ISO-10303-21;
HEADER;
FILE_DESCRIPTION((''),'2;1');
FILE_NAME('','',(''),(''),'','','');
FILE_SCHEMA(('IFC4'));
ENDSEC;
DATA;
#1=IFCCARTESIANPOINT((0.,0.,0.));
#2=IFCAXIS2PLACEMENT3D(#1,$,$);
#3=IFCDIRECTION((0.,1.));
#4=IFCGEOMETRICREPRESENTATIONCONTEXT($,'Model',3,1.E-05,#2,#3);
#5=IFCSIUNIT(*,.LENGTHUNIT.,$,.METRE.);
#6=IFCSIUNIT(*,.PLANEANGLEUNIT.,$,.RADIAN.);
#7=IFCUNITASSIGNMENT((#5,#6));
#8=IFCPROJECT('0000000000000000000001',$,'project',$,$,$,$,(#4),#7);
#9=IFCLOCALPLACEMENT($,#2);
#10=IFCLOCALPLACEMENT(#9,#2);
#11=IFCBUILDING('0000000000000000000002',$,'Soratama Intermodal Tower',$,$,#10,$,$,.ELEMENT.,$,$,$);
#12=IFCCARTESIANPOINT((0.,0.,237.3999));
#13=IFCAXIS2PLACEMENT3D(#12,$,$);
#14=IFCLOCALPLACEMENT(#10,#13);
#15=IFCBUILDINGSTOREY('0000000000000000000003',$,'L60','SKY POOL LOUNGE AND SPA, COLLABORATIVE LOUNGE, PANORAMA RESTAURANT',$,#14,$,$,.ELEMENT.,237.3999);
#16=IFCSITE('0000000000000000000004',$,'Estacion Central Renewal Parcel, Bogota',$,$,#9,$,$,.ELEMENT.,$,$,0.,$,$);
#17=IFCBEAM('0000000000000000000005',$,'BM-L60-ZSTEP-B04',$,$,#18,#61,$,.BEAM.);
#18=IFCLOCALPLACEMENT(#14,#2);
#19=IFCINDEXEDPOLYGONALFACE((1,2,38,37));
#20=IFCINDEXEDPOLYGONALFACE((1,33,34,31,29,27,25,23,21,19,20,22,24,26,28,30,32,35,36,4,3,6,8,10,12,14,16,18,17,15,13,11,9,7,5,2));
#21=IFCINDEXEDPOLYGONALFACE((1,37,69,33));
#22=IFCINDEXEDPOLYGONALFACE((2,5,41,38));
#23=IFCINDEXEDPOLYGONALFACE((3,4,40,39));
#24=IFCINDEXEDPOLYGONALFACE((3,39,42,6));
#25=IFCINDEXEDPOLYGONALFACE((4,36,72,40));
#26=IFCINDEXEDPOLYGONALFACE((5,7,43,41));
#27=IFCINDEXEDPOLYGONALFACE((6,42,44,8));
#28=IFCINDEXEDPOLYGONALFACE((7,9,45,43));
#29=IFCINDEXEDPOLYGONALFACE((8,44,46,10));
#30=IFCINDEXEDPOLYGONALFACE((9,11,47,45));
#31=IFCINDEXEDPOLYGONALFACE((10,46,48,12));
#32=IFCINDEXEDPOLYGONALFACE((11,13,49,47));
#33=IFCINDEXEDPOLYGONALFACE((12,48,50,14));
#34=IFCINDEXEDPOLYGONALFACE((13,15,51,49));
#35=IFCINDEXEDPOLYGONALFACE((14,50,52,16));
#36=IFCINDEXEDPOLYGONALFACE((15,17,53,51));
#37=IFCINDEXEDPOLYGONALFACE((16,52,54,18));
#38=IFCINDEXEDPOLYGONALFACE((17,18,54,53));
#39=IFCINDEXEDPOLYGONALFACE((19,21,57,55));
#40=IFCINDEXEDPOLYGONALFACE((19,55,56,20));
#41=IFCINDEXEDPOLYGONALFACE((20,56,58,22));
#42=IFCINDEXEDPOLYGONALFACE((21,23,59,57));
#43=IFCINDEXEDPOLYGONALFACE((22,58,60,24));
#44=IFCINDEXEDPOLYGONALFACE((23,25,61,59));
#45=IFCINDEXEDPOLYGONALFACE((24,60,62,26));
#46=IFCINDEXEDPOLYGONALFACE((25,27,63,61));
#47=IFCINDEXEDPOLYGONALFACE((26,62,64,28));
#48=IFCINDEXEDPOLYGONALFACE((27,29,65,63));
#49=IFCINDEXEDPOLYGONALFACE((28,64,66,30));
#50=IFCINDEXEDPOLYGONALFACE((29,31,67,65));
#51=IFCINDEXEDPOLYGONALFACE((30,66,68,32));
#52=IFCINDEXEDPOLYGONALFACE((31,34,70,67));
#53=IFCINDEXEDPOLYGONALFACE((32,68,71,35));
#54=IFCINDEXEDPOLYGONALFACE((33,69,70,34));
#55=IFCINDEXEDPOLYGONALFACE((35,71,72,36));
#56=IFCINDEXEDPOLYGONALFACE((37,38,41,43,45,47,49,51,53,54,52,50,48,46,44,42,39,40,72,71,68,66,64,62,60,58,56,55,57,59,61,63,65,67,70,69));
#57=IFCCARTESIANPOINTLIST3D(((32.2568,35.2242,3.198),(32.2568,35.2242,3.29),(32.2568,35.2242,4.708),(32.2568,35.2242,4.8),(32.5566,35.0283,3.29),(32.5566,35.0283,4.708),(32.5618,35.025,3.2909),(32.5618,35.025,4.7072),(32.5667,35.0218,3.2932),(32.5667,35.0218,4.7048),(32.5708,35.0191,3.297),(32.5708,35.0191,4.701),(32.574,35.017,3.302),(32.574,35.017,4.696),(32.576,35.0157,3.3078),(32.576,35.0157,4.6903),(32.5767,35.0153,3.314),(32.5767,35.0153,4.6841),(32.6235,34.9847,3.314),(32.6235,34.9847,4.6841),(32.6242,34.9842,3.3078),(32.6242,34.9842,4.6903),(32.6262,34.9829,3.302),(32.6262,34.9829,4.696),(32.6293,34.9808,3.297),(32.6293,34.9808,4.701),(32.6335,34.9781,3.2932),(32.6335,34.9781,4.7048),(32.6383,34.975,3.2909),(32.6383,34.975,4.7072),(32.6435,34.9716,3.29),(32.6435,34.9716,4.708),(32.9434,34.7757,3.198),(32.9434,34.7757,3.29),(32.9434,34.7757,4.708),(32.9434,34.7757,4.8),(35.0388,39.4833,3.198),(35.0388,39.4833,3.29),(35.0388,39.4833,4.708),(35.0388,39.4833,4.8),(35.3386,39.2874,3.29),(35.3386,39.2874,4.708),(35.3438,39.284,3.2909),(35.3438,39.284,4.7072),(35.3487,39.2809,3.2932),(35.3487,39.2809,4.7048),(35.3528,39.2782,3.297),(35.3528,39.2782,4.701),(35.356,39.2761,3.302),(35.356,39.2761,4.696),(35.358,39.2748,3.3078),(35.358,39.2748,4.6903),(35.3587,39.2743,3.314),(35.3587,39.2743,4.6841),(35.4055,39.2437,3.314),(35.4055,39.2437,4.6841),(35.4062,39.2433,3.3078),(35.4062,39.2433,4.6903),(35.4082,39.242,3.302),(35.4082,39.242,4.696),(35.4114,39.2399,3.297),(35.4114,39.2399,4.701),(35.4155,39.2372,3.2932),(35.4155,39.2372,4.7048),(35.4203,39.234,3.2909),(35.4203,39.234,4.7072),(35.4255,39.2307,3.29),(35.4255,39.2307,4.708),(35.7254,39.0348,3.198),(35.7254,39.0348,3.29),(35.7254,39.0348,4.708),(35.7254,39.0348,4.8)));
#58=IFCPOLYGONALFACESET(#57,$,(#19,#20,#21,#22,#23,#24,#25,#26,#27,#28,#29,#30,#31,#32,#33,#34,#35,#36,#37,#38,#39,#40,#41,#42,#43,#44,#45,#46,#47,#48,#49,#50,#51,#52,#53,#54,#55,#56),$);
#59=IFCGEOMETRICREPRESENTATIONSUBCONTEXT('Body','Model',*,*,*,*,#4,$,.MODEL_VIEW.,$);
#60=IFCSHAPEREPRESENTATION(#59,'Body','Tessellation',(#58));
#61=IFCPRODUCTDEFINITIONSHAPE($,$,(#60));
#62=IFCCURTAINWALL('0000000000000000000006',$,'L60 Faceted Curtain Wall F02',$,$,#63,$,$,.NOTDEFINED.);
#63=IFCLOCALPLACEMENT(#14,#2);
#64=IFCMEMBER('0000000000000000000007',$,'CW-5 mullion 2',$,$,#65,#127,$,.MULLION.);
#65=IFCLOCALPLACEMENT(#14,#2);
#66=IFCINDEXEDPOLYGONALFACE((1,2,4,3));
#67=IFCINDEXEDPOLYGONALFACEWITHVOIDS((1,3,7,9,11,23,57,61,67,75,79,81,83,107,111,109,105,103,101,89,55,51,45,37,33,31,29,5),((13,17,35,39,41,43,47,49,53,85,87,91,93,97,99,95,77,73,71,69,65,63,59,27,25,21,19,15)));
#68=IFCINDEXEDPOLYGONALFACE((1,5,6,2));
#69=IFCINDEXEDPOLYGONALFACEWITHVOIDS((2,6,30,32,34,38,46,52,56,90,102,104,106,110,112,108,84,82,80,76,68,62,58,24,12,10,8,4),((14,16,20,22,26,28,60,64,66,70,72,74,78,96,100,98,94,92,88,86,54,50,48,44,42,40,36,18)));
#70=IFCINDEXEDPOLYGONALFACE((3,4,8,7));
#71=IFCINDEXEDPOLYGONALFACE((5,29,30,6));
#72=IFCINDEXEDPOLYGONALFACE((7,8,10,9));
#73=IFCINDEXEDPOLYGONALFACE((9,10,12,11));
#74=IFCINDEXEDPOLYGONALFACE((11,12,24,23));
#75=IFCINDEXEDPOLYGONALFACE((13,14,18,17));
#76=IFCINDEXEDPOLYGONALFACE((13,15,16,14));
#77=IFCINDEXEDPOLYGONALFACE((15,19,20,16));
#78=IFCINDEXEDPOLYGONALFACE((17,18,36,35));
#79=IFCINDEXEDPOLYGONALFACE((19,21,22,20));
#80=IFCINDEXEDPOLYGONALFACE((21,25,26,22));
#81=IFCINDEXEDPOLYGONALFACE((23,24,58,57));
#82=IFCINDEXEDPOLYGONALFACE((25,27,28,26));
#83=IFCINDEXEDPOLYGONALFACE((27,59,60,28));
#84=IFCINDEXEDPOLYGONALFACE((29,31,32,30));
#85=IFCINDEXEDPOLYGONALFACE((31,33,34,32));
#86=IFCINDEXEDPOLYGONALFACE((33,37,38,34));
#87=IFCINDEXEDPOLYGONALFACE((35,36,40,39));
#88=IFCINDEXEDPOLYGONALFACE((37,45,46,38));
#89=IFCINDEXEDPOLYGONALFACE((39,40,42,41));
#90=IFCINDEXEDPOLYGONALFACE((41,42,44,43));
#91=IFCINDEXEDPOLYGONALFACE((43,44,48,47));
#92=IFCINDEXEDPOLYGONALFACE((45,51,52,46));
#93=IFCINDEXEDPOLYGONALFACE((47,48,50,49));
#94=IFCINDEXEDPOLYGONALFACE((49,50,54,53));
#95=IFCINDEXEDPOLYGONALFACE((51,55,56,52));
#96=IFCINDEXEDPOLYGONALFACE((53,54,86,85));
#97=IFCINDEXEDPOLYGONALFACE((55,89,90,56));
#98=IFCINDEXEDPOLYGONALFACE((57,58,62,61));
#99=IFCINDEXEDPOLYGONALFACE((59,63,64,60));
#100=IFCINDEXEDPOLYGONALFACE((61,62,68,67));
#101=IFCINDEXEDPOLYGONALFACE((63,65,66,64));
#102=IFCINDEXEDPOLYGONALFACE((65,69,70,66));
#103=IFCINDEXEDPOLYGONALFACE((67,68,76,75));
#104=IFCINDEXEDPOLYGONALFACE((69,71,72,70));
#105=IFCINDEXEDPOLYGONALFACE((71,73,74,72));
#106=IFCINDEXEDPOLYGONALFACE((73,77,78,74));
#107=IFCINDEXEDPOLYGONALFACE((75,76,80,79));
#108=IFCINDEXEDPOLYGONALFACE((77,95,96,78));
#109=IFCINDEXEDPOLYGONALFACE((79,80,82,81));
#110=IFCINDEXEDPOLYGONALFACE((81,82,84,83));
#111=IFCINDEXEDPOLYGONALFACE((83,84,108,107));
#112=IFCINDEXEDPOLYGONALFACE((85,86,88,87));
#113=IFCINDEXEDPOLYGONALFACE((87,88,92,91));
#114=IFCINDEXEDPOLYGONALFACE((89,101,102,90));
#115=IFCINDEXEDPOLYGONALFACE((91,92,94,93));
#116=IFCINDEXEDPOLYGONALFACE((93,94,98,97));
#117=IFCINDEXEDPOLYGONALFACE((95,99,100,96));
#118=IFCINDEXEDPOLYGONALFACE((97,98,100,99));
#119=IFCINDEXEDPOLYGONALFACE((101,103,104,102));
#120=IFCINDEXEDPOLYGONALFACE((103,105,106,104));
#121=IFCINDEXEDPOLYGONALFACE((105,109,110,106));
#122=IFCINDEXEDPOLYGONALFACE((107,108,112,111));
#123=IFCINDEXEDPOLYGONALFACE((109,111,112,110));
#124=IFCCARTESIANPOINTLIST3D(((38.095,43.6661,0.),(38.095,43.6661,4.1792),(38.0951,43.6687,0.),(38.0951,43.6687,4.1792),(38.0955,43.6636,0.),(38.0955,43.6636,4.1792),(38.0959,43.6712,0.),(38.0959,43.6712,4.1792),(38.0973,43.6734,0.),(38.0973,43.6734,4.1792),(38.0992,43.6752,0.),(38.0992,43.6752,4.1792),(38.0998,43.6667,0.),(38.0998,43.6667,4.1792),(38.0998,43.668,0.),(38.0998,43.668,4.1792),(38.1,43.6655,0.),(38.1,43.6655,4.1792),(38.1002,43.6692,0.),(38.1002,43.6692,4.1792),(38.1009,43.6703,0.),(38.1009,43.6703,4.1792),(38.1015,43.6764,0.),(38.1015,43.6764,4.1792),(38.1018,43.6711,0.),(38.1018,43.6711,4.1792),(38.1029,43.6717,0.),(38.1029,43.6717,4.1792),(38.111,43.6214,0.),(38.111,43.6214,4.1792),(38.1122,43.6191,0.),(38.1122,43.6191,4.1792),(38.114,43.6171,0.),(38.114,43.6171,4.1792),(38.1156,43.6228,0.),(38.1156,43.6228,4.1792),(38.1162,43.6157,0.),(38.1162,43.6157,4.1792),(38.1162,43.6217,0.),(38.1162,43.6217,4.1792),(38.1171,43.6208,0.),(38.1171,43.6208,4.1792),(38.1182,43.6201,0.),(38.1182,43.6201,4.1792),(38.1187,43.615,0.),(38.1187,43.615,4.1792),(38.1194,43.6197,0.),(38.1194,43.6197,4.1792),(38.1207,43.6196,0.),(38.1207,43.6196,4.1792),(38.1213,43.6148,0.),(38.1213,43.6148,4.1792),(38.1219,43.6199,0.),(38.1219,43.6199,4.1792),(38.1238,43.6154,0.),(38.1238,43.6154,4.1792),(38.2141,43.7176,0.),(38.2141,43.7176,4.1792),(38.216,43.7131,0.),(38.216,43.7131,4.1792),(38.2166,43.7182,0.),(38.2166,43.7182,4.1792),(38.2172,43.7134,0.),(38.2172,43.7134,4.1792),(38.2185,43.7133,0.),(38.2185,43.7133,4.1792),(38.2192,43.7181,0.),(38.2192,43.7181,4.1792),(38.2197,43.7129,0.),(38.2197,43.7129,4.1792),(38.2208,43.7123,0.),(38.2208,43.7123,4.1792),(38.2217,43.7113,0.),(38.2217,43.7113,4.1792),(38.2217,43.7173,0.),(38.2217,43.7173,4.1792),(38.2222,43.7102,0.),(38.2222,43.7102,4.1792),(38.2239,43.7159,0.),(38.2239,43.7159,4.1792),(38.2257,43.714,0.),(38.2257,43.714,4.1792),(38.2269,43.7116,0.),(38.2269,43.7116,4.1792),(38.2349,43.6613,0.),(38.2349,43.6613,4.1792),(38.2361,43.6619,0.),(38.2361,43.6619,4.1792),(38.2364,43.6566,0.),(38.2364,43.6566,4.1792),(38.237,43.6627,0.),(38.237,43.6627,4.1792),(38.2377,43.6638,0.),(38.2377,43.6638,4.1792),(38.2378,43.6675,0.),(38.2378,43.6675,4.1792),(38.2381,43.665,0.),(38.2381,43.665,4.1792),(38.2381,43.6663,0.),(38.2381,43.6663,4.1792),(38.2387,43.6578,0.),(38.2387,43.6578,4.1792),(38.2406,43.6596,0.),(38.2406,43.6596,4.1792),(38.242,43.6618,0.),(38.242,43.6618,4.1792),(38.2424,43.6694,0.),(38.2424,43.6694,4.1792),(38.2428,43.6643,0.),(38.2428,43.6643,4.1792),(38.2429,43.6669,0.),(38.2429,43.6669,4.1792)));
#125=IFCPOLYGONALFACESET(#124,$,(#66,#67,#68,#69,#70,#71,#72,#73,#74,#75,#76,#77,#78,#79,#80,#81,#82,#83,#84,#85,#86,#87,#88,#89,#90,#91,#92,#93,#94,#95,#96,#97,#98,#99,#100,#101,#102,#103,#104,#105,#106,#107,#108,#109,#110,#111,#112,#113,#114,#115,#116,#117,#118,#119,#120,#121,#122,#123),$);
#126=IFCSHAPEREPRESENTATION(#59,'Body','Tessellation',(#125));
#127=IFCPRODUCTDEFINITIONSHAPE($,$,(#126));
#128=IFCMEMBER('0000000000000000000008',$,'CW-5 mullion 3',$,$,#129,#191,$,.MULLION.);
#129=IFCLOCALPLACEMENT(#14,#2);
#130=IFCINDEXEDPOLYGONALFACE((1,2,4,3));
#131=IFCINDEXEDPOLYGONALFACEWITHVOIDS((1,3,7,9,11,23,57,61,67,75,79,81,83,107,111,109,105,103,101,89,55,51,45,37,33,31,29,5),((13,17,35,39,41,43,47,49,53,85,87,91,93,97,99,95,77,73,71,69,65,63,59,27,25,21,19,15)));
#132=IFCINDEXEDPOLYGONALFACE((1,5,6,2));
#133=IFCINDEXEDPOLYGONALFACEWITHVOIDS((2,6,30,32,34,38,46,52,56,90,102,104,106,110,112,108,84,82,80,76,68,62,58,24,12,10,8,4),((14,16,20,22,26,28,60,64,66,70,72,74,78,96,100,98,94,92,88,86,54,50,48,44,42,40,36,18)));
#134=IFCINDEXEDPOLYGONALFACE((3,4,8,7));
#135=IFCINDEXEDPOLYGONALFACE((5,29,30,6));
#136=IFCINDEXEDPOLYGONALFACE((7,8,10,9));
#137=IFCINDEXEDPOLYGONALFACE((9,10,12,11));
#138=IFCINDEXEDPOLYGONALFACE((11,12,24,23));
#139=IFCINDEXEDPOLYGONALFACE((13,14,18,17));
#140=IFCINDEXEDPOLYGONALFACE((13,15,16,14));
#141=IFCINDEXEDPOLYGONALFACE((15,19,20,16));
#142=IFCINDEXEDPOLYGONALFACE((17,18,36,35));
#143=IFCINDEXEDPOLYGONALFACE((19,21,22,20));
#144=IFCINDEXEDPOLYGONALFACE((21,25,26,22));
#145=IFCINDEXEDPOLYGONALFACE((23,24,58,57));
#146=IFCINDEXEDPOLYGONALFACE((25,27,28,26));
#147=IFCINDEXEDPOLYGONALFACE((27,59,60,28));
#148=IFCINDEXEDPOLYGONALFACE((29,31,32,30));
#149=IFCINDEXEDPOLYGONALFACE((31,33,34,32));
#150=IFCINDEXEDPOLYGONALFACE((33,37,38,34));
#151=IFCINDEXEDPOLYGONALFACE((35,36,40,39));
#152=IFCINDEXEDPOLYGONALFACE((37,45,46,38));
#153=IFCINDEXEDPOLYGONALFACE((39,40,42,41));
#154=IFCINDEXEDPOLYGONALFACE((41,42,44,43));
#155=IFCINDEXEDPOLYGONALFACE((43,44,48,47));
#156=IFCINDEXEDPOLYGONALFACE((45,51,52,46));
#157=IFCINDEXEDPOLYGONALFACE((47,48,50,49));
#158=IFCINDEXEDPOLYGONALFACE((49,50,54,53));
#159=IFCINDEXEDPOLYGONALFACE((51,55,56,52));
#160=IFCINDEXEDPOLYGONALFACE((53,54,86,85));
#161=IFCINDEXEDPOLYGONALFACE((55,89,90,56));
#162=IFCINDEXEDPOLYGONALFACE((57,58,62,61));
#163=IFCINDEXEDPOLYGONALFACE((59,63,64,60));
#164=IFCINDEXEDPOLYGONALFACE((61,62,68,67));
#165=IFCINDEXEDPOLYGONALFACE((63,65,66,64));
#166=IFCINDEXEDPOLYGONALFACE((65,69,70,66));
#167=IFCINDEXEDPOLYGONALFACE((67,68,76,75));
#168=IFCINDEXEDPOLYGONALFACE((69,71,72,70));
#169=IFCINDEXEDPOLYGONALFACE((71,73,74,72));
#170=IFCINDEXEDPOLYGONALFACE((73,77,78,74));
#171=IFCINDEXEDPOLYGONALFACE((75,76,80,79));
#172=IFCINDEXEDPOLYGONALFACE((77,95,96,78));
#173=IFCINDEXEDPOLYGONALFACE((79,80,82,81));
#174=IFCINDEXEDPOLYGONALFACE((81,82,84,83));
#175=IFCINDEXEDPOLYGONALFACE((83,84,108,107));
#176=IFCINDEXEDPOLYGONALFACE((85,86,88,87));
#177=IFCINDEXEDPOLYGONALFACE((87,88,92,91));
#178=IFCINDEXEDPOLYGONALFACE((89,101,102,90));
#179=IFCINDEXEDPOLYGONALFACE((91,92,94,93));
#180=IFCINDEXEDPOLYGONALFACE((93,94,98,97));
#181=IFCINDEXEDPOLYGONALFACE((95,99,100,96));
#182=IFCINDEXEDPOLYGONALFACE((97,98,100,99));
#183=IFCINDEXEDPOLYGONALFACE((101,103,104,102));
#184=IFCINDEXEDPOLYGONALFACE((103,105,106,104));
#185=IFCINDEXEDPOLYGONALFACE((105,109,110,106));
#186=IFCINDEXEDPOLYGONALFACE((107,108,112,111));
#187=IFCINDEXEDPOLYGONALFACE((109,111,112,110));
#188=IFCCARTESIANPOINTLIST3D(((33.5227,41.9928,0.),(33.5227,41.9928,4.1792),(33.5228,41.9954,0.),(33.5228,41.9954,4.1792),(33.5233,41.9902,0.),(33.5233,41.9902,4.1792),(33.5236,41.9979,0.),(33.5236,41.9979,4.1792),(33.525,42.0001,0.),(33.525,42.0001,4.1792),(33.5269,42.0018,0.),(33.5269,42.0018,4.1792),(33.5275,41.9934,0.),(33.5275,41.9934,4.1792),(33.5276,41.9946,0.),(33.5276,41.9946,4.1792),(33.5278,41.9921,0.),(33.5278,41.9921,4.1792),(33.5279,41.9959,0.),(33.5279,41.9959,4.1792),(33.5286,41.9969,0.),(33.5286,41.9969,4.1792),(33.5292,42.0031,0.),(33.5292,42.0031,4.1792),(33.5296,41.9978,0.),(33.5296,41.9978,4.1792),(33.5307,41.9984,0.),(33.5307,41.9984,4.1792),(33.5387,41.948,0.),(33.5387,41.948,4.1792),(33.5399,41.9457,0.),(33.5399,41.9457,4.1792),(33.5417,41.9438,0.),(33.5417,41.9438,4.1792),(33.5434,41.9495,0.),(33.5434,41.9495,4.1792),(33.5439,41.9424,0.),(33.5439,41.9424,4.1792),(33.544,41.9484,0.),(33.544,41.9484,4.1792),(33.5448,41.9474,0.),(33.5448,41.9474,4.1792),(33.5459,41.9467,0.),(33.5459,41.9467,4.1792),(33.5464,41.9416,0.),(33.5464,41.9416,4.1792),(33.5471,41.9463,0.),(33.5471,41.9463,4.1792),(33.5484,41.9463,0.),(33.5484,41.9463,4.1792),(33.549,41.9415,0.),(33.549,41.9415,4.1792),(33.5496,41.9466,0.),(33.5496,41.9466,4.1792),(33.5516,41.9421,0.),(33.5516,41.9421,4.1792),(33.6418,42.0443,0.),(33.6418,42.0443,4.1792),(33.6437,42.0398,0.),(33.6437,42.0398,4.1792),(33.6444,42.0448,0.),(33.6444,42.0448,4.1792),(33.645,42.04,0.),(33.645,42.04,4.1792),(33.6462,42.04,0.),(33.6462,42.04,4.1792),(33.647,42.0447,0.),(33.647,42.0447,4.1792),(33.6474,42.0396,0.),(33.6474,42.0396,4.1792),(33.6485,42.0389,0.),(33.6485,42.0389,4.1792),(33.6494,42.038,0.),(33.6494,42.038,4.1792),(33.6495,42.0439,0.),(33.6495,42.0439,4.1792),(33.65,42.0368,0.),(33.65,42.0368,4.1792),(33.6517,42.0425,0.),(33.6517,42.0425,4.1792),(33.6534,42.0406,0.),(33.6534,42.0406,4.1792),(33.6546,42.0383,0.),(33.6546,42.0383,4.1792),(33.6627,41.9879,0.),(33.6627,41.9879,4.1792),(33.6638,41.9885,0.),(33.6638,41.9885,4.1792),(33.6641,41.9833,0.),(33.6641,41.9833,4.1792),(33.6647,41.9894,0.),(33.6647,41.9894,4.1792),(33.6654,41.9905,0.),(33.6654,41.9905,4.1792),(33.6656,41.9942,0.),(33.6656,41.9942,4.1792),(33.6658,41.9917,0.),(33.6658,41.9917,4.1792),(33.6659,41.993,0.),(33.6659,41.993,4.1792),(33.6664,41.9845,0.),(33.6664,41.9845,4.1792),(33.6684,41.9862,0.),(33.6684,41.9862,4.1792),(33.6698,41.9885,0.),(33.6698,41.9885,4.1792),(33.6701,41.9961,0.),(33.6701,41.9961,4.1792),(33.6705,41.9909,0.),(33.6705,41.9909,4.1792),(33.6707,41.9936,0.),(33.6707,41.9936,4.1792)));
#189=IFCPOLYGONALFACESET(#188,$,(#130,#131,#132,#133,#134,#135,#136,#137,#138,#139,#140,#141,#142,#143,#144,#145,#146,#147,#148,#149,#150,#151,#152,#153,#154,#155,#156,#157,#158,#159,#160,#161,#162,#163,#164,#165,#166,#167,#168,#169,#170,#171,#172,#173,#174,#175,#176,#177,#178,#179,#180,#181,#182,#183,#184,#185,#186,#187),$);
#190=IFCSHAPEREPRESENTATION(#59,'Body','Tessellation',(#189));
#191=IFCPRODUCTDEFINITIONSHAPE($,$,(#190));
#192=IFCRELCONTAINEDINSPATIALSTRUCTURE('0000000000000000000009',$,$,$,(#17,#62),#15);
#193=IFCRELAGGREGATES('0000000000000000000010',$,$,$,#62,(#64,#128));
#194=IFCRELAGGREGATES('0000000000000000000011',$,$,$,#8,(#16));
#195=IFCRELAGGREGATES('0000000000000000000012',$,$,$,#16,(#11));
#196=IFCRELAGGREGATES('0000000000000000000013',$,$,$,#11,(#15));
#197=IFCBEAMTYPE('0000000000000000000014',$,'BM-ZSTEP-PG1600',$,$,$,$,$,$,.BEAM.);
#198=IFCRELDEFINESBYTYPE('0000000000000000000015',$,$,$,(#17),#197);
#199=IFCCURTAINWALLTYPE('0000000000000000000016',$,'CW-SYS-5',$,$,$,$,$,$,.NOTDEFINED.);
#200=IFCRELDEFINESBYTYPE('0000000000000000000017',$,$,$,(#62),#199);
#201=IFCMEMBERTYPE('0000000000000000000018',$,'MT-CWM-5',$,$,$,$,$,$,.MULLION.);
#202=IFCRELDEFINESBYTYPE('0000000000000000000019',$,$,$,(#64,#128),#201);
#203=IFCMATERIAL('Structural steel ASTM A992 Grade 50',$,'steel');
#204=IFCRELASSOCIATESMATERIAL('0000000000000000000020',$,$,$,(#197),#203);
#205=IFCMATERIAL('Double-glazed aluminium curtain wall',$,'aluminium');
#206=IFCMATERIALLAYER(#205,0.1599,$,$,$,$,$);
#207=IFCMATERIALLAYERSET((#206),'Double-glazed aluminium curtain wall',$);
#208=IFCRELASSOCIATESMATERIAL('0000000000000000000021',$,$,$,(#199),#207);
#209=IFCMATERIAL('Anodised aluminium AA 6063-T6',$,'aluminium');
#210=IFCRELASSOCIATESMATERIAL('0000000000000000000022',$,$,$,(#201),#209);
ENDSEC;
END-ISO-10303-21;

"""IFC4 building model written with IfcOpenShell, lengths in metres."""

from ifc_helpers import new_model, si_unit, direction, frame, origin, origin_2d, place, context, subcontext, project, spatial, hollow_rectangle, i_section, extrude, material, layer, layer_set, material_profile, profile_set, type_object, element, aggregate, save


model = new_model("IFC4")

# Units and contexts
model_context = context("Model", 3, precision=1e-05, world=origin(), true_north=direction((0.0, 1.0)))
body_context = subcontext(model_context, "Body", "Model", "MODEL_VIEW")
ifc_project = project(units=[si_unit("LENGTHUNIT", "METRE"), si_unit("PLANEANGLEUNIT", "RADIAN")], contexts=[model_context])

# Site, building, storey
site_placement = place(None, origin())
site = spatial("IfcSite", under=ifc_project, at=site_placement, Name="Estacion Central Renewal Parcel, Bogota", CompositionType="ELEMENT", RefElevation=0.0)
building_placement = place(site_placement, origin())
building = spatial("IfcBuilding", under=site, at=building_placement, Name="Soratama Intermodal Tower", CompositionType="ELEMENT")
storey_placement = place(building_placement, frame((0.0, 0.0, 237.3999)))
storey = spatial("IfcBuildingStorey", under=building, at=storey_placement, Name="L60", Description="SKY POOL LOUNGE AND SPA, COLLABORATIVE LOUNGE, PANORAMA RESTAURANT", CompositionType="ELEMENT", Elevation=237.3999)

# Beam
ifc_material_1 = material(Name="Structural steel ASTM A992 Grade 50", Category="steel")
ifc_material_profile_1 = material_profile(ifc_material_1, i_section(OverallWidth=0.8201, OverallDepth=1.6021, WebThickness=0.0559, FlangeThickness=0.092, FilletRadius=0.0239, at=origin_2d()), Name="PG1600X650")
ifc_profile_set_1 = profile_set([ifc_material_profile_1], Name="Structural steel ASTM A992 Grade 50")
beam_type_1 = type_object("IfcBeamType", Name="BM-ZSTEP-PG1600", PredefinedType="BEAM", material=ifc_profile_set_1)
beam_1_placement = place(storey_placement, frame((35.3821, 39.259, 3.999), z_axis=(-0.546868, -0.837219, 0.0), x_axis=(0.837219, -0.546868, 0.0)))
element("IfcBeam", 1, at=beam_1_placement, inside=storey, type_object=beam_type_1, Name="BM-L60-ZSTEP-B04", PredefinedType="BEAM", context=body_context, shape_type="SweptSolid", body=[
    extrude(i_section(OverallWidth=0.8201, OverallDepth=1.6021, WebThickness=0.0559, FlangeThickness=0.092, FilletRadius=0.0239, at=origin_2d()), origin(), (0.0, 0.0, 1.0), 5.0872),
])

# Curtain wall, members
ifc_material_2 = material(Name="Double-glazed aluminium curtain wall", Category="aluminium")
ifc_layer_1 = layer(ifc_material_2, 0.1599)
ifc_layer_set_1 = layer_set([ifc_layer_1], Name="Double-glazed aluminium curtain wall")
curtain_wall_type = type_object("IfcCurtainWallType", Name="CW-SYS-5", PredefinedType="NOTDEFINED", material=ifc_layer_set_1)
curtain_wall_placement = place(storey_placement, origin())
curtain_wall = element("IfcCurtainWall", 2, at=curtain_wall_placement, inside=storey, type_object=curtain_wall_type, Name="L60 Faceted Curtain Wall F02", PredefinedType="NOTDEFINED")
ifc_material_3 = material(Name="Anodised aluminium AA 6063-T6", Category="aluminium")
ifc_material_profile_2 = material_profile(ifc_material_3, hollow_rectangle(XDim=0.0649, YDim=0.1399, WallThickness=0.0049, InnerFilletRadius=0.0049, OuterFilletRadius=0.01, at=origin_2d()), Name="CWM140X65X5")
ifc_profile_set_2 = profile_set([ifc_material_profile_2], Name="Anodised aluminium AA 6063-T6")
member_type_1 = type_object("IfcMemberType", Name="MT-CWM-5", PredefinedType="MULLION", material=ifc_profile_set_2)
member_1_placement = place(storey_placement, frame((38.1689, 43.6665, 0.0), z_axis=(0.0, 0.0, 1.0), x_axis=(0.343664, -0.939093, 0.0)))
member_1 = element("IfcMember", 3, at=member_1_placement, type_object=member_type_1, Name="CW-5 mullion 2", PredefinedType="MULLION", context=body_context, shape_type="SweptSolid", body=[
    extrude(hollow_rectangle(XDim=0.0649, YDim=0.1399, WallThickness=0.0049, InnerFilletRadius=0.0049, OuterFilletRadius=0.01, at=origin_2d()), origin(), (0.0, 0.0, 1.0), 4.1792),
])
member_2_placement = place(storey_placement, frame((33.5967, 41.9932, 0.0), z_axis=(0.0, 0.0, 1.0), x_axis=(0.343664, -0.939093, 0.0)))
member_2 = element("IfcMember", 4, at=member_2_placement, type_object=member_type_1, Name="CW-5 mullion 3", PredefinedType="MULLION", context=body_context, shape_type="SweptSolid", body=[
    extrude(hollow_rectangle(XDim=0.0649, YDim=0.1399, WallThickness=0.0049, InnerFilletRadius=0.0049, OuterFilletRadius=0.01, at=origin_2d()), origin(), (0.0, 0.0, 1.0), 4.1792),
])
aggregate(curtain_wall, [member_1, member_2])

save(model, "model.ifc")
